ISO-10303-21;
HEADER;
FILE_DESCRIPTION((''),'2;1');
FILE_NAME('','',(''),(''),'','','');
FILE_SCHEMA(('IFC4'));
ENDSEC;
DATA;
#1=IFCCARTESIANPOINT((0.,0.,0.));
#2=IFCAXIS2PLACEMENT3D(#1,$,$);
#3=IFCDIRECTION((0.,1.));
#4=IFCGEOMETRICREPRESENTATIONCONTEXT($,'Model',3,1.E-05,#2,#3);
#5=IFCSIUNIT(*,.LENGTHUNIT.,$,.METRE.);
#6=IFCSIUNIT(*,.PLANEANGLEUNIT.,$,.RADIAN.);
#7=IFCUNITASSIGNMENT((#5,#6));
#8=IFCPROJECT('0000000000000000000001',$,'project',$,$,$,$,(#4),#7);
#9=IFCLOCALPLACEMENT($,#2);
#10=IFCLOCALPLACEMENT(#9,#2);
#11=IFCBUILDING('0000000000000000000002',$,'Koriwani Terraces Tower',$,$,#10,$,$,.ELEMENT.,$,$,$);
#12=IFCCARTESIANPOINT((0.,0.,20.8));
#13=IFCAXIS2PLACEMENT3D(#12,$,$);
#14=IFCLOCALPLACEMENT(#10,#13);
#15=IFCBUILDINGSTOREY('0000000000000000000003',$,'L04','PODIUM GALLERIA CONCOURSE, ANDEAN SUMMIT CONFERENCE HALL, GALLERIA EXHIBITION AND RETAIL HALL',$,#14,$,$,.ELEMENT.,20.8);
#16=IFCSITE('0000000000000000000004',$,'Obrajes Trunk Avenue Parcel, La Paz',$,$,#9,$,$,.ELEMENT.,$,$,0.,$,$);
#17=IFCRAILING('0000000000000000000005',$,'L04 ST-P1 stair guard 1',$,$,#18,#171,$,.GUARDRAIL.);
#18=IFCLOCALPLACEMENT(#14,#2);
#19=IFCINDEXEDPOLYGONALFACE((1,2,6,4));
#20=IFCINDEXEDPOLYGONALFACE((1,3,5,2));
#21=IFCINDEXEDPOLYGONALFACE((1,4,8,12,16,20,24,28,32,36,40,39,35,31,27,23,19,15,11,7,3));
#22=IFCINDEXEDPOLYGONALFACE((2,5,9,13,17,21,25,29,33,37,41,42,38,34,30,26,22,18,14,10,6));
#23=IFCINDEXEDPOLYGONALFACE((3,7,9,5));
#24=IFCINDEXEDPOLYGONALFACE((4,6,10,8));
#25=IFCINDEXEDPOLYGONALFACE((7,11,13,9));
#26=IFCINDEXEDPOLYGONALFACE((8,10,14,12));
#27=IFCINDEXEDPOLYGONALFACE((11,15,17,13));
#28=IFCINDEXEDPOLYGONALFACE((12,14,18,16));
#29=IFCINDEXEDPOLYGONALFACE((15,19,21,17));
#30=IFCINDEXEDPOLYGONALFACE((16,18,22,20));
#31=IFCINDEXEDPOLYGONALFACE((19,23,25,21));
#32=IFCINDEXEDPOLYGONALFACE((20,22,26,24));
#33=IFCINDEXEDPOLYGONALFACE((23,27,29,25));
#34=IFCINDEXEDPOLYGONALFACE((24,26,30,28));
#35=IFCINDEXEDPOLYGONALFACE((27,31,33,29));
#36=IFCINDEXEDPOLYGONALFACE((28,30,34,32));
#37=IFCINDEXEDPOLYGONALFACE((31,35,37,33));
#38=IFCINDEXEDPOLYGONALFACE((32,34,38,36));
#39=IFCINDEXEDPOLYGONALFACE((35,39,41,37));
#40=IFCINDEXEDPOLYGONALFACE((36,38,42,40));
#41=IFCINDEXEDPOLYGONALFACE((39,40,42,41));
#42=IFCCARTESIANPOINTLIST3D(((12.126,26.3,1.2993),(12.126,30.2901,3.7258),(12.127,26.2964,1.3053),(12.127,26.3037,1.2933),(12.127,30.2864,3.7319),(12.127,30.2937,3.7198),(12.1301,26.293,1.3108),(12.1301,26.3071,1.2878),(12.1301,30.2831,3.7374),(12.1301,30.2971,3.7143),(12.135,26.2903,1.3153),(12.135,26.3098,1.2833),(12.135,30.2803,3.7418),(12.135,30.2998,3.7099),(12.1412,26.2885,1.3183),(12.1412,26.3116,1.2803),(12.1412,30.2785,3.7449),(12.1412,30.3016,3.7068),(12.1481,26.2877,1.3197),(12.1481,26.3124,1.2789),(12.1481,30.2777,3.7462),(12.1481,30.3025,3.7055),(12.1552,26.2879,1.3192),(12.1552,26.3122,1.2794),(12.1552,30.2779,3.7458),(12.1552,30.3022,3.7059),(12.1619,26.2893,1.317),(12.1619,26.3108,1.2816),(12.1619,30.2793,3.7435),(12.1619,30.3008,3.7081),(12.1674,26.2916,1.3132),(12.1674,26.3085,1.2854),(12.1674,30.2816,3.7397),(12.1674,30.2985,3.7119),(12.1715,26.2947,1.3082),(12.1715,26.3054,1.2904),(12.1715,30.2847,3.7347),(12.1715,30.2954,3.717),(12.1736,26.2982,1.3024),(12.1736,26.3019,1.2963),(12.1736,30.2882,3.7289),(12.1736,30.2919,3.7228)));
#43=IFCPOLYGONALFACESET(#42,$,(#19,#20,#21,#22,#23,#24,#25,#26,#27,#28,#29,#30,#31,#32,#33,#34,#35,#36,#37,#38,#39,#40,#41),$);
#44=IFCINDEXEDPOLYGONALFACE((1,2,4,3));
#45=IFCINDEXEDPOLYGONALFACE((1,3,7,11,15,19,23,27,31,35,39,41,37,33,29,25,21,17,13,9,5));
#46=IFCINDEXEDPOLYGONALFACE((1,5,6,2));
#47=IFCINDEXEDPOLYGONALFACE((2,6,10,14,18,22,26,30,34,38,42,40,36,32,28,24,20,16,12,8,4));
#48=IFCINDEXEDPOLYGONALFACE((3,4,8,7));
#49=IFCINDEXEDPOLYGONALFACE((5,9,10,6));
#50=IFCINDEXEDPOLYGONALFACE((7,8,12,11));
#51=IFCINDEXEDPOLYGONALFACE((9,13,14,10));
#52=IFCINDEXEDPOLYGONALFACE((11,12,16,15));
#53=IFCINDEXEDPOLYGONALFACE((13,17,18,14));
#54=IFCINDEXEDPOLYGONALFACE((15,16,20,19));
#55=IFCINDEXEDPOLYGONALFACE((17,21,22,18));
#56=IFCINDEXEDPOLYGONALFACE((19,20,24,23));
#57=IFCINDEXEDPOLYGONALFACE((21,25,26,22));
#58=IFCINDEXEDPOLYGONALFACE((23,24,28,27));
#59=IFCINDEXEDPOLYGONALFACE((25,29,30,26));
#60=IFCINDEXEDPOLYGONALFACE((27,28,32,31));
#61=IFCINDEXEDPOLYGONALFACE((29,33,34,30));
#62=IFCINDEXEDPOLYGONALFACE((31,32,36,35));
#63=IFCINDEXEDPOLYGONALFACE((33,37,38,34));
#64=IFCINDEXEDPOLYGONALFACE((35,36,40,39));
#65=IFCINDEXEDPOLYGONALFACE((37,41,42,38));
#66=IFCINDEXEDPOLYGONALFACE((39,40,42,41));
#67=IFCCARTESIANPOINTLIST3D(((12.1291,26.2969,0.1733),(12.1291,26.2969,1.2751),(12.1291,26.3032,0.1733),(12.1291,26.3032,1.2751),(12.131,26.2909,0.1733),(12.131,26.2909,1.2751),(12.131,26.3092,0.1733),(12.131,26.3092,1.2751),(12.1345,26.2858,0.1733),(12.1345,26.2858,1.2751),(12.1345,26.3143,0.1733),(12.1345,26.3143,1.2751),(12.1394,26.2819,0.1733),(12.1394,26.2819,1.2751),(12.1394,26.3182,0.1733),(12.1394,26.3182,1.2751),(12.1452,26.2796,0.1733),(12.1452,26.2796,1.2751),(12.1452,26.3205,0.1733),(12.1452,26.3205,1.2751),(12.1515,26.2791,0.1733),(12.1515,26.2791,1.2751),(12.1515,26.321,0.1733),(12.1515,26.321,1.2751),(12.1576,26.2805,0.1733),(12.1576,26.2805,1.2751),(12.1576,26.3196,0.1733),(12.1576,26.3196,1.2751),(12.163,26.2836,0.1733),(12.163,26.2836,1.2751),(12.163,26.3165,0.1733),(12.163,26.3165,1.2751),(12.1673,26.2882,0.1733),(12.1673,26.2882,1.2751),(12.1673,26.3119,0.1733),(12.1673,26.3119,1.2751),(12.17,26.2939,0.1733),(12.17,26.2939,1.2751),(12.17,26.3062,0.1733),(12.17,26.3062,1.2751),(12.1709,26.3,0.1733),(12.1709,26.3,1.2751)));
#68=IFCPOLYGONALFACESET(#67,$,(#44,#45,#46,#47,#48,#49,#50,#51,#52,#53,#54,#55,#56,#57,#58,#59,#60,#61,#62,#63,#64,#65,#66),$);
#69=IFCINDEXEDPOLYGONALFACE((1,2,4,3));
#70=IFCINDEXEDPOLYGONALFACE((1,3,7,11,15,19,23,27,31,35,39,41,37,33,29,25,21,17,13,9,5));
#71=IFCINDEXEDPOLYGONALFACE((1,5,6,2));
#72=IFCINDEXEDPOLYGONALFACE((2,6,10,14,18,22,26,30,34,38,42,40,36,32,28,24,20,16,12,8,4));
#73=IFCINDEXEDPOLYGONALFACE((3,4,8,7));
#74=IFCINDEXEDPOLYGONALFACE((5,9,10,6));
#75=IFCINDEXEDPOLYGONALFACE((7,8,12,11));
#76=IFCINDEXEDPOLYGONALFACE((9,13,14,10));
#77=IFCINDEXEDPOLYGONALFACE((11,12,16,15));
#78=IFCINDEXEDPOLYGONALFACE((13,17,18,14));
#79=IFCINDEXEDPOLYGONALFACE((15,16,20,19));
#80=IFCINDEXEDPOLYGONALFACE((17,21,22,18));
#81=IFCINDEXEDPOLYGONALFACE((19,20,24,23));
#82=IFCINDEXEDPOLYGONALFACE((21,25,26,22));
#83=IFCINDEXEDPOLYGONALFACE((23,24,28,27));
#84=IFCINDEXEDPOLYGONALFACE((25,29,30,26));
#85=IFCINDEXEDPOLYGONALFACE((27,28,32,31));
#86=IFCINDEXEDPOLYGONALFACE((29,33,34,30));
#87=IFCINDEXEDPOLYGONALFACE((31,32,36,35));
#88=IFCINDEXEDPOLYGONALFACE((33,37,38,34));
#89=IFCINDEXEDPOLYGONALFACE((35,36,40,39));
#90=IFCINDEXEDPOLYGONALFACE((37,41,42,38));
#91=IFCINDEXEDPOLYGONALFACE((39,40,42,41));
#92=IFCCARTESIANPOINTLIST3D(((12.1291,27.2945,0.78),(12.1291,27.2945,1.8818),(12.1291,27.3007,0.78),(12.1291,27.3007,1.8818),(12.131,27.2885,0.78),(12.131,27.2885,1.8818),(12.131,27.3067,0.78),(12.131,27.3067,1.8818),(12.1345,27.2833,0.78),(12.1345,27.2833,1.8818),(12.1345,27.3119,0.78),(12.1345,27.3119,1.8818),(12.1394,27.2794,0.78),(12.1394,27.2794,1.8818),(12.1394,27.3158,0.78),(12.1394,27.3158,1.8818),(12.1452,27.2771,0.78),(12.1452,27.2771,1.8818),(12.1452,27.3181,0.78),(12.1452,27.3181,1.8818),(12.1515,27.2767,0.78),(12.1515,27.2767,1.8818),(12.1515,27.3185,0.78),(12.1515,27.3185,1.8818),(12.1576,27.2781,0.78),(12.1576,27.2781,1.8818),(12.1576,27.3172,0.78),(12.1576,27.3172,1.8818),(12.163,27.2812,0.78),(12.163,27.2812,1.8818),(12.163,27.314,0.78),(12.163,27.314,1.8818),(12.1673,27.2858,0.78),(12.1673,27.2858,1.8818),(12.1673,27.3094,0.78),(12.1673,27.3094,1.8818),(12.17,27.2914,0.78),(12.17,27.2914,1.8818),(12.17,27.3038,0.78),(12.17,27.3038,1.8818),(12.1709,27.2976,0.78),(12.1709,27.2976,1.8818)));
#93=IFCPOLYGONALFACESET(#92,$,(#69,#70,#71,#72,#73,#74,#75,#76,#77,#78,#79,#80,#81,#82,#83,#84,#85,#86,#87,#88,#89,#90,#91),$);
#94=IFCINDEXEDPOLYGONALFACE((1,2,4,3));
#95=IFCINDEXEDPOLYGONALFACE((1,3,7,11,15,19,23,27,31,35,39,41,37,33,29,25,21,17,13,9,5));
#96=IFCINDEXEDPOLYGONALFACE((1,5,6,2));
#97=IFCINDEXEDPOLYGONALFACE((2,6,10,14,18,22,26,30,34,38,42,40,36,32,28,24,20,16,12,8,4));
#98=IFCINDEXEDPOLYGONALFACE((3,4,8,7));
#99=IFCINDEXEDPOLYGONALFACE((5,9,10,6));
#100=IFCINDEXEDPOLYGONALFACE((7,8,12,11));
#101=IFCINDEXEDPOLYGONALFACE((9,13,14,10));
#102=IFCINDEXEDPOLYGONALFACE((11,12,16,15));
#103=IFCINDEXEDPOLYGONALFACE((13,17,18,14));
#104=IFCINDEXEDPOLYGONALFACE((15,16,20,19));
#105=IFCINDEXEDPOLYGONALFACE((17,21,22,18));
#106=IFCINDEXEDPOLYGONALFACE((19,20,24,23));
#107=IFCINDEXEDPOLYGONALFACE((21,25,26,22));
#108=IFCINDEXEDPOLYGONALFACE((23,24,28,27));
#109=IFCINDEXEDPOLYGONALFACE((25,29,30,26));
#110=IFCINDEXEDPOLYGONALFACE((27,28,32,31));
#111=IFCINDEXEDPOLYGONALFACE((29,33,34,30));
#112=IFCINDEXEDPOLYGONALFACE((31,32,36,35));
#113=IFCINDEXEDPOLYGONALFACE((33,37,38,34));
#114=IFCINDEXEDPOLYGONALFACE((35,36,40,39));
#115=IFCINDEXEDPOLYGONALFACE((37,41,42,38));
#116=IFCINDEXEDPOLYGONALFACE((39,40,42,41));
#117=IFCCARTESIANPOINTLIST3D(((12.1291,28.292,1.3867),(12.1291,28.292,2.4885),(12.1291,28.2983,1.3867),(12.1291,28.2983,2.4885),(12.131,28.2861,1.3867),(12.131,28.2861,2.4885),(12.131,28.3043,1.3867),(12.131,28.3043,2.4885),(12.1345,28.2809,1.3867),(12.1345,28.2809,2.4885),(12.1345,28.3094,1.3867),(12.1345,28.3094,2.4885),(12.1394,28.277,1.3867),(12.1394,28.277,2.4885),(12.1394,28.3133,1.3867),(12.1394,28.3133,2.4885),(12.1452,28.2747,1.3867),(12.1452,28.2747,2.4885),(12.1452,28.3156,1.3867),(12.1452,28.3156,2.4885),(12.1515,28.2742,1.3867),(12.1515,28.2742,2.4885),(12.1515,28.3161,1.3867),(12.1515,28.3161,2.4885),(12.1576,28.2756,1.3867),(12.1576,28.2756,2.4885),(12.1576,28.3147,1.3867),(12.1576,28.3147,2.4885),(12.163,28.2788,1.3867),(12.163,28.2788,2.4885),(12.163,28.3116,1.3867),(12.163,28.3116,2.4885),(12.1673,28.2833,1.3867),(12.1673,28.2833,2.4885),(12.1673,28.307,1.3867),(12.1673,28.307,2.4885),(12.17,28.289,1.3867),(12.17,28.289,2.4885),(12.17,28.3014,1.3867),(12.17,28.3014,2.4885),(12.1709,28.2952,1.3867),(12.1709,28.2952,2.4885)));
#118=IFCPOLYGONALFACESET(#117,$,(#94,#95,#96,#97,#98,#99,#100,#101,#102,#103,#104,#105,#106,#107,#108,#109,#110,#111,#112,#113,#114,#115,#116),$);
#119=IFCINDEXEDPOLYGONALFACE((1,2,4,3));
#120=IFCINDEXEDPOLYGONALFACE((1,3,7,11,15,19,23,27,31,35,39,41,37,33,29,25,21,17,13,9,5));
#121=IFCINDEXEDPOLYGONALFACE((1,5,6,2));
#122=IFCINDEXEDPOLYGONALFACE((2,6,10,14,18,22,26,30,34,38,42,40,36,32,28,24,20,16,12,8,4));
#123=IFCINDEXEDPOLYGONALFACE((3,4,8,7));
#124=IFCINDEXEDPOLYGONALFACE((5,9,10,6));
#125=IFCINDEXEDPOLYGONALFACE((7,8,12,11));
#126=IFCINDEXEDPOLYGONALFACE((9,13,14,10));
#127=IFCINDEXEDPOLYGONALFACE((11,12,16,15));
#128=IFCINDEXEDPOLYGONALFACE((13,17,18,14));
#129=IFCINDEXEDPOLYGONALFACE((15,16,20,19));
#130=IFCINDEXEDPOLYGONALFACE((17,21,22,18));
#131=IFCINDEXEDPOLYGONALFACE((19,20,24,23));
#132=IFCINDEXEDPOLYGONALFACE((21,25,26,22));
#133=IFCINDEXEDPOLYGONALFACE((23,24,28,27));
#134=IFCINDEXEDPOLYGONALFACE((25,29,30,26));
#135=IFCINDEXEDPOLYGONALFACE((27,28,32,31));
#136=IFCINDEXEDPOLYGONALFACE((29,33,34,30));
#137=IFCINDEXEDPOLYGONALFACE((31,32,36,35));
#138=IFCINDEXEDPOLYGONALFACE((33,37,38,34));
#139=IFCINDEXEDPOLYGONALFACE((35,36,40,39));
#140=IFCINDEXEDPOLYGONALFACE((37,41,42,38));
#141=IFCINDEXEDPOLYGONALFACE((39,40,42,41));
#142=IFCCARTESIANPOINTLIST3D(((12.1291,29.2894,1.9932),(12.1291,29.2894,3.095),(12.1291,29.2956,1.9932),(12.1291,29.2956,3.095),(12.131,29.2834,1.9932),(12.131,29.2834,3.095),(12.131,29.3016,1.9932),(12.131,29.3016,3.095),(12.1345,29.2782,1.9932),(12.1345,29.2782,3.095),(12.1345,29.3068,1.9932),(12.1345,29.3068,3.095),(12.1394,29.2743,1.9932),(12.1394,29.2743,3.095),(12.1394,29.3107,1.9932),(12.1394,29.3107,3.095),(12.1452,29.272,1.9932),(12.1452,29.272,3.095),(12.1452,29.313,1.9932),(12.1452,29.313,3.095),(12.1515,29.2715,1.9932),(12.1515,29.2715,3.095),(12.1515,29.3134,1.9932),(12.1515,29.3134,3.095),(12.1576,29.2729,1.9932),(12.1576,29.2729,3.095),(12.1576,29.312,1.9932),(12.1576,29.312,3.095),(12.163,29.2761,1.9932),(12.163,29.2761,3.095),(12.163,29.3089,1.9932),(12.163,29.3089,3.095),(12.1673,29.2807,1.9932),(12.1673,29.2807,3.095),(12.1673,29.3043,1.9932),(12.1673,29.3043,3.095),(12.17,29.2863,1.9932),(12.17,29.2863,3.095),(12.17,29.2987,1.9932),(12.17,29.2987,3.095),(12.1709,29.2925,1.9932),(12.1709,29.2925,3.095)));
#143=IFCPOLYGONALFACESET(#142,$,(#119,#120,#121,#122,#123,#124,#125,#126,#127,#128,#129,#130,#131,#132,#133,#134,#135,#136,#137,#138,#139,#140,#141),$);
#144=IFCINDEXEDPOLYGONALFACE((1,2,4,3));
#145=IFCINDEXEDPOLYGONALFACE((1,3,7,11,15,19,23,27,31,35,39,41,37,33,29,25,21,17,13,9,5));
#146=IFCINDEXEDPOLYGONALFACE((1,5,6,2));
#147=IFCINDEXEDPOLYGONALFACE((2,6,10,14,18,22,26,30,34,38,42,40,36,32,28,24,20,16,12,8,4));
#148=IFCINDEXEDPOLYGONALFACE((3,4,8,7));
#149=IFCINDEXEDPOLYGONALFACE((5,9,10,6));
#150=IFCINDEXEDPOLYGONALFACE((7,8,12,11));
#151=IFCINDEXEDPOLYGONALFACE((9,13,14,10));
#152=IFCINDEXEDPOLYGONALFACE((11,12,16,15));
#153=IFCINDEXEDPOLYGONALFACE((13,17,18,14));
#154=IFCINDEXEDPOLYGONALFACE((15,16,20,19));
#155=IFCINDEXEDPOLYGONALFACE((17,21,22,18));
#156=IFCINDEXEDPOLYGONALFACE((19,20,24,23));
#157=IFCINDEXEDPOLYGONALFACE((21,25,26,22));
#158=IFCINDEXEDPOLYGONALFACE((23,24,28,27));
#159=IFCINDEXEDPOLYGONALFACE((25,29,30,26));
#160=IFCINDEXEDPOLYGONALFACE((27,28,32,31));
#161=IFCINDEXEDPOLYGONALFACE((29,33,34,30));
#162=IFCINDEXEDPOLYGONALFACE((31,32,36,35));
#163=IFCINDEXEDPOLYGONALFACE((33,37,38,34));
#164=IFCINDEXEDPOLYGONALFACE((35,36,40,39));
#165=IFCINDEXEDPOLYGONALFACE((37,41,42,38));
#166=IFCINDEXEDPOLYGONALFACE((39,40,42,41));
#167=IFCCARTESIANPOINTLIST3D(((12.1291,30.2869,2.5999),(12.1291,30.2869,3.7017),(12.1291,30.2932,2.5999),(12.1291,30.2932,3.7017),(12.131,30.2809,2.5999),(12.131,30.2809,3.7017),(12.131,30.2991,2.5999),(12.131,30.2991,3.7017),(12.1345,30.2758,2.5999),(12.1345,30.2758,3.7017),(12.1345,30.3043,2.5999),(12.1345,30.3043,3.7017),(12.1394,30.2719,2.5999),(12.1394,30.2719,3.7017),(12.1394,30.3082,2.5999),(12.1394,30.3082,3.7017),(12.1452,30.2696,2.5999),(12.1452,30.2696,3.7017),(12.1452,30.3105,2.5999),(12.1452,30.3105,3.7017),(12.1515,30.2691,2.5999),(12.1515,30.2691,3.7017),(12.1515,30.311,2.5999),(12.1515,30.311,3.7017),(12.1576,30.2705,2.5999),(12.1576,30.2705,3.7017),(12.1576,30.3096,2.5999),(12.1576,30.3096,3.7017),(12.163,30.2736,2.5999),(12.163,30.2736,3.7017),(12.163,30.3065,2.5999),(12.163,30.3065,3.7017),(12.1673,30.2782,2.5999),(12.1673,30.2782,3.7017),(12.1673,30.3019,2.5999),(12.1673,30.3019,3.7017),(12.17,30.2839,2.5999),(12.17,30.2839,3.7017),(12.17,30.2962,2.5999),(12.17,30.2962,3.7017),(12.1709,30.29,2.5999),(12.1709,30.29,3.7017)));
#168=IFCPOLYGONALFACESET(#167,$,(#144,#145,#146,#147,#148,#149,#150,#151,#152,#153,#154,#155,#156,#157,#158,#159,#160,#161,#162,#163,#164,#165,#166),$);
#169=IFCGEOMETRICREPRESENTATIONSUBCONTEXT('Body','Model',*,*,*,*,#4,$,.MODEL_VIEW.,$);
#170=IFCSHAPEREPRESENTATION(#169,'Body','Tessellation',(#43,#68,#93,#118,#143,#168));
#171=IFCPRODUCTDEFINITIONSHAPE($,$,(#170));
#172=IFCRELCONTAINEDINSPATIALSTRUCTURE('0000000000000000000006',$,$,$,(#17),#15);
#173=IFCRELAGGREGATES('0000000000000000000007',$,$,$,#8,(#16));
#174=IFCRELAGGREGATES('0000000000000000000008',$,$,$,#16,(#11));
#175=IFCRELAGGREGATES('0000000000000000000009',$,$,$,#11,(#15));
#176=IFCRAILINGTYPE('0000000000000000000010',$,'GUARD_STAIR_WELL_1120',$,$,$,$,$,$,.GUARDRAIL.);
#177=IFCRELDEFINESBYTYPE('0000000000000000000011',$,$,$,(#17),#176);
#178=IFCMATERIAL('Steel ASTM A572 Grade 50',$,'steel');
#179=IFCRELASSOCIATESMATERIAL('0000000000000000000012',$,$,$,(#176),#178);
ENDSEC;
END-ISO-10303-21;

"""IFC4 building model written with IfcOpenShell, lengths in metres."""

from ifc_helpers import new_model, si_unit, direction, frame, origin, origin_2d, place, context, subcontext, project, spatial, circle, extrude, material, type_object, element, save


model = new_model("IFC4")

# Units and contexts
model_context = context("Model", 3, precision=1e-05, world=origin(), true_north=direction((0.0, 1.0)))
body_context = subcontext(model_context, "Body", "Model", "MODEL_VIEW")
ifc_project = project(units=[si_unit("LENGTHUNIT", "METRE"), si_unit("PLANEANGLEUNIT", "RADIAN")], contexts=[model_context])

# Site, building, storey
site_placement = place(None, origin())
site = spatial("IfcSite", under=ifc_project, at=site_placement, Name="Obrajes Trunk Avenue Parcel, La Paz", CompositionType="ELEMENT", RefElevation=0.0)
building_placement = place(site_placement, origin())
building = spatial("IfcBuilding", under=site, at=building_placement, Name="Koriwani Terraces Tower", CompositionType="ELEMENT")
storey_placement = place(building_placement, frame((0.0, 0.0, 20.8)))
storey = spatial("IfcBuildingStorey", under=building, at=storey_placement, Name="L04", Description="PODIUM GALLERIA CONCOURSE, ANDEAN SUMMIT CONFERENCE HALL, GALLERIA EXHIBITION AND RETAIL HALL", CompositionType="ELEMENT", Elevation=20.8)

# Shared definitions
ifc_material_1 = material(Name="Steel ASTM A572 Grade 50", Category="steel")

# Railing
railing_type_1 = type_object("IfcRailingType", Name="GUARD_STAIR_WELL_1120", PredefinedType="GUARDRAIL", material=ifc_material_1)
railing_1_placement = place(storey_placement, frame((12.1499, 26.3, 0.1733)))
element("IfcRailing", 1, at=railing_1_placement, inside=storey, type_object=railing_type_1, Name="L04 ST-P1 stair guard 1", PredefinedType="GUARDRAIL", context=body_context, shape_type="SweptSolid", body=[
    extrude(circle(Radius=0.0239, at=origin_2d()), frame((0.0, 0.0, 1.126), z_axis=(0.0, 0.854405, 0.519607), x_axis=(-1.0, 0.0, 0.0)), (0.0, 0.0, 1.0), 4.6699),
    extrude(circle(Radius=0.021, at=origin_2d()), origin(), (0.0, 0.0, 1.0), 1.1018),
    extrude(circle(Radius=0.021, at=origin_2d()), frame((0.0, 0.9976, 0.6067)), (0.0, 0.0, 1.0), 1.1018),
    extrude(circle(Radius=0.021, at=origin_2d()), frame((0.0, 1.9951, 1.2134)), (0.0, 0.0, 1.0), 1.1018),
    extrude(circle(Radius=0.021, at=origin_2d()), frame((0.0, 2.9924, 1.8198)), (0.0, 0.0, 1.0), 1.1018),
    extrude(circle(Radius=0.021, at=origin_2d()), frame((0.0, 3.99, 2.4265)), (0.0, 0.0, 1.0), 1.1018),
])

save(model, "model.ifc")
